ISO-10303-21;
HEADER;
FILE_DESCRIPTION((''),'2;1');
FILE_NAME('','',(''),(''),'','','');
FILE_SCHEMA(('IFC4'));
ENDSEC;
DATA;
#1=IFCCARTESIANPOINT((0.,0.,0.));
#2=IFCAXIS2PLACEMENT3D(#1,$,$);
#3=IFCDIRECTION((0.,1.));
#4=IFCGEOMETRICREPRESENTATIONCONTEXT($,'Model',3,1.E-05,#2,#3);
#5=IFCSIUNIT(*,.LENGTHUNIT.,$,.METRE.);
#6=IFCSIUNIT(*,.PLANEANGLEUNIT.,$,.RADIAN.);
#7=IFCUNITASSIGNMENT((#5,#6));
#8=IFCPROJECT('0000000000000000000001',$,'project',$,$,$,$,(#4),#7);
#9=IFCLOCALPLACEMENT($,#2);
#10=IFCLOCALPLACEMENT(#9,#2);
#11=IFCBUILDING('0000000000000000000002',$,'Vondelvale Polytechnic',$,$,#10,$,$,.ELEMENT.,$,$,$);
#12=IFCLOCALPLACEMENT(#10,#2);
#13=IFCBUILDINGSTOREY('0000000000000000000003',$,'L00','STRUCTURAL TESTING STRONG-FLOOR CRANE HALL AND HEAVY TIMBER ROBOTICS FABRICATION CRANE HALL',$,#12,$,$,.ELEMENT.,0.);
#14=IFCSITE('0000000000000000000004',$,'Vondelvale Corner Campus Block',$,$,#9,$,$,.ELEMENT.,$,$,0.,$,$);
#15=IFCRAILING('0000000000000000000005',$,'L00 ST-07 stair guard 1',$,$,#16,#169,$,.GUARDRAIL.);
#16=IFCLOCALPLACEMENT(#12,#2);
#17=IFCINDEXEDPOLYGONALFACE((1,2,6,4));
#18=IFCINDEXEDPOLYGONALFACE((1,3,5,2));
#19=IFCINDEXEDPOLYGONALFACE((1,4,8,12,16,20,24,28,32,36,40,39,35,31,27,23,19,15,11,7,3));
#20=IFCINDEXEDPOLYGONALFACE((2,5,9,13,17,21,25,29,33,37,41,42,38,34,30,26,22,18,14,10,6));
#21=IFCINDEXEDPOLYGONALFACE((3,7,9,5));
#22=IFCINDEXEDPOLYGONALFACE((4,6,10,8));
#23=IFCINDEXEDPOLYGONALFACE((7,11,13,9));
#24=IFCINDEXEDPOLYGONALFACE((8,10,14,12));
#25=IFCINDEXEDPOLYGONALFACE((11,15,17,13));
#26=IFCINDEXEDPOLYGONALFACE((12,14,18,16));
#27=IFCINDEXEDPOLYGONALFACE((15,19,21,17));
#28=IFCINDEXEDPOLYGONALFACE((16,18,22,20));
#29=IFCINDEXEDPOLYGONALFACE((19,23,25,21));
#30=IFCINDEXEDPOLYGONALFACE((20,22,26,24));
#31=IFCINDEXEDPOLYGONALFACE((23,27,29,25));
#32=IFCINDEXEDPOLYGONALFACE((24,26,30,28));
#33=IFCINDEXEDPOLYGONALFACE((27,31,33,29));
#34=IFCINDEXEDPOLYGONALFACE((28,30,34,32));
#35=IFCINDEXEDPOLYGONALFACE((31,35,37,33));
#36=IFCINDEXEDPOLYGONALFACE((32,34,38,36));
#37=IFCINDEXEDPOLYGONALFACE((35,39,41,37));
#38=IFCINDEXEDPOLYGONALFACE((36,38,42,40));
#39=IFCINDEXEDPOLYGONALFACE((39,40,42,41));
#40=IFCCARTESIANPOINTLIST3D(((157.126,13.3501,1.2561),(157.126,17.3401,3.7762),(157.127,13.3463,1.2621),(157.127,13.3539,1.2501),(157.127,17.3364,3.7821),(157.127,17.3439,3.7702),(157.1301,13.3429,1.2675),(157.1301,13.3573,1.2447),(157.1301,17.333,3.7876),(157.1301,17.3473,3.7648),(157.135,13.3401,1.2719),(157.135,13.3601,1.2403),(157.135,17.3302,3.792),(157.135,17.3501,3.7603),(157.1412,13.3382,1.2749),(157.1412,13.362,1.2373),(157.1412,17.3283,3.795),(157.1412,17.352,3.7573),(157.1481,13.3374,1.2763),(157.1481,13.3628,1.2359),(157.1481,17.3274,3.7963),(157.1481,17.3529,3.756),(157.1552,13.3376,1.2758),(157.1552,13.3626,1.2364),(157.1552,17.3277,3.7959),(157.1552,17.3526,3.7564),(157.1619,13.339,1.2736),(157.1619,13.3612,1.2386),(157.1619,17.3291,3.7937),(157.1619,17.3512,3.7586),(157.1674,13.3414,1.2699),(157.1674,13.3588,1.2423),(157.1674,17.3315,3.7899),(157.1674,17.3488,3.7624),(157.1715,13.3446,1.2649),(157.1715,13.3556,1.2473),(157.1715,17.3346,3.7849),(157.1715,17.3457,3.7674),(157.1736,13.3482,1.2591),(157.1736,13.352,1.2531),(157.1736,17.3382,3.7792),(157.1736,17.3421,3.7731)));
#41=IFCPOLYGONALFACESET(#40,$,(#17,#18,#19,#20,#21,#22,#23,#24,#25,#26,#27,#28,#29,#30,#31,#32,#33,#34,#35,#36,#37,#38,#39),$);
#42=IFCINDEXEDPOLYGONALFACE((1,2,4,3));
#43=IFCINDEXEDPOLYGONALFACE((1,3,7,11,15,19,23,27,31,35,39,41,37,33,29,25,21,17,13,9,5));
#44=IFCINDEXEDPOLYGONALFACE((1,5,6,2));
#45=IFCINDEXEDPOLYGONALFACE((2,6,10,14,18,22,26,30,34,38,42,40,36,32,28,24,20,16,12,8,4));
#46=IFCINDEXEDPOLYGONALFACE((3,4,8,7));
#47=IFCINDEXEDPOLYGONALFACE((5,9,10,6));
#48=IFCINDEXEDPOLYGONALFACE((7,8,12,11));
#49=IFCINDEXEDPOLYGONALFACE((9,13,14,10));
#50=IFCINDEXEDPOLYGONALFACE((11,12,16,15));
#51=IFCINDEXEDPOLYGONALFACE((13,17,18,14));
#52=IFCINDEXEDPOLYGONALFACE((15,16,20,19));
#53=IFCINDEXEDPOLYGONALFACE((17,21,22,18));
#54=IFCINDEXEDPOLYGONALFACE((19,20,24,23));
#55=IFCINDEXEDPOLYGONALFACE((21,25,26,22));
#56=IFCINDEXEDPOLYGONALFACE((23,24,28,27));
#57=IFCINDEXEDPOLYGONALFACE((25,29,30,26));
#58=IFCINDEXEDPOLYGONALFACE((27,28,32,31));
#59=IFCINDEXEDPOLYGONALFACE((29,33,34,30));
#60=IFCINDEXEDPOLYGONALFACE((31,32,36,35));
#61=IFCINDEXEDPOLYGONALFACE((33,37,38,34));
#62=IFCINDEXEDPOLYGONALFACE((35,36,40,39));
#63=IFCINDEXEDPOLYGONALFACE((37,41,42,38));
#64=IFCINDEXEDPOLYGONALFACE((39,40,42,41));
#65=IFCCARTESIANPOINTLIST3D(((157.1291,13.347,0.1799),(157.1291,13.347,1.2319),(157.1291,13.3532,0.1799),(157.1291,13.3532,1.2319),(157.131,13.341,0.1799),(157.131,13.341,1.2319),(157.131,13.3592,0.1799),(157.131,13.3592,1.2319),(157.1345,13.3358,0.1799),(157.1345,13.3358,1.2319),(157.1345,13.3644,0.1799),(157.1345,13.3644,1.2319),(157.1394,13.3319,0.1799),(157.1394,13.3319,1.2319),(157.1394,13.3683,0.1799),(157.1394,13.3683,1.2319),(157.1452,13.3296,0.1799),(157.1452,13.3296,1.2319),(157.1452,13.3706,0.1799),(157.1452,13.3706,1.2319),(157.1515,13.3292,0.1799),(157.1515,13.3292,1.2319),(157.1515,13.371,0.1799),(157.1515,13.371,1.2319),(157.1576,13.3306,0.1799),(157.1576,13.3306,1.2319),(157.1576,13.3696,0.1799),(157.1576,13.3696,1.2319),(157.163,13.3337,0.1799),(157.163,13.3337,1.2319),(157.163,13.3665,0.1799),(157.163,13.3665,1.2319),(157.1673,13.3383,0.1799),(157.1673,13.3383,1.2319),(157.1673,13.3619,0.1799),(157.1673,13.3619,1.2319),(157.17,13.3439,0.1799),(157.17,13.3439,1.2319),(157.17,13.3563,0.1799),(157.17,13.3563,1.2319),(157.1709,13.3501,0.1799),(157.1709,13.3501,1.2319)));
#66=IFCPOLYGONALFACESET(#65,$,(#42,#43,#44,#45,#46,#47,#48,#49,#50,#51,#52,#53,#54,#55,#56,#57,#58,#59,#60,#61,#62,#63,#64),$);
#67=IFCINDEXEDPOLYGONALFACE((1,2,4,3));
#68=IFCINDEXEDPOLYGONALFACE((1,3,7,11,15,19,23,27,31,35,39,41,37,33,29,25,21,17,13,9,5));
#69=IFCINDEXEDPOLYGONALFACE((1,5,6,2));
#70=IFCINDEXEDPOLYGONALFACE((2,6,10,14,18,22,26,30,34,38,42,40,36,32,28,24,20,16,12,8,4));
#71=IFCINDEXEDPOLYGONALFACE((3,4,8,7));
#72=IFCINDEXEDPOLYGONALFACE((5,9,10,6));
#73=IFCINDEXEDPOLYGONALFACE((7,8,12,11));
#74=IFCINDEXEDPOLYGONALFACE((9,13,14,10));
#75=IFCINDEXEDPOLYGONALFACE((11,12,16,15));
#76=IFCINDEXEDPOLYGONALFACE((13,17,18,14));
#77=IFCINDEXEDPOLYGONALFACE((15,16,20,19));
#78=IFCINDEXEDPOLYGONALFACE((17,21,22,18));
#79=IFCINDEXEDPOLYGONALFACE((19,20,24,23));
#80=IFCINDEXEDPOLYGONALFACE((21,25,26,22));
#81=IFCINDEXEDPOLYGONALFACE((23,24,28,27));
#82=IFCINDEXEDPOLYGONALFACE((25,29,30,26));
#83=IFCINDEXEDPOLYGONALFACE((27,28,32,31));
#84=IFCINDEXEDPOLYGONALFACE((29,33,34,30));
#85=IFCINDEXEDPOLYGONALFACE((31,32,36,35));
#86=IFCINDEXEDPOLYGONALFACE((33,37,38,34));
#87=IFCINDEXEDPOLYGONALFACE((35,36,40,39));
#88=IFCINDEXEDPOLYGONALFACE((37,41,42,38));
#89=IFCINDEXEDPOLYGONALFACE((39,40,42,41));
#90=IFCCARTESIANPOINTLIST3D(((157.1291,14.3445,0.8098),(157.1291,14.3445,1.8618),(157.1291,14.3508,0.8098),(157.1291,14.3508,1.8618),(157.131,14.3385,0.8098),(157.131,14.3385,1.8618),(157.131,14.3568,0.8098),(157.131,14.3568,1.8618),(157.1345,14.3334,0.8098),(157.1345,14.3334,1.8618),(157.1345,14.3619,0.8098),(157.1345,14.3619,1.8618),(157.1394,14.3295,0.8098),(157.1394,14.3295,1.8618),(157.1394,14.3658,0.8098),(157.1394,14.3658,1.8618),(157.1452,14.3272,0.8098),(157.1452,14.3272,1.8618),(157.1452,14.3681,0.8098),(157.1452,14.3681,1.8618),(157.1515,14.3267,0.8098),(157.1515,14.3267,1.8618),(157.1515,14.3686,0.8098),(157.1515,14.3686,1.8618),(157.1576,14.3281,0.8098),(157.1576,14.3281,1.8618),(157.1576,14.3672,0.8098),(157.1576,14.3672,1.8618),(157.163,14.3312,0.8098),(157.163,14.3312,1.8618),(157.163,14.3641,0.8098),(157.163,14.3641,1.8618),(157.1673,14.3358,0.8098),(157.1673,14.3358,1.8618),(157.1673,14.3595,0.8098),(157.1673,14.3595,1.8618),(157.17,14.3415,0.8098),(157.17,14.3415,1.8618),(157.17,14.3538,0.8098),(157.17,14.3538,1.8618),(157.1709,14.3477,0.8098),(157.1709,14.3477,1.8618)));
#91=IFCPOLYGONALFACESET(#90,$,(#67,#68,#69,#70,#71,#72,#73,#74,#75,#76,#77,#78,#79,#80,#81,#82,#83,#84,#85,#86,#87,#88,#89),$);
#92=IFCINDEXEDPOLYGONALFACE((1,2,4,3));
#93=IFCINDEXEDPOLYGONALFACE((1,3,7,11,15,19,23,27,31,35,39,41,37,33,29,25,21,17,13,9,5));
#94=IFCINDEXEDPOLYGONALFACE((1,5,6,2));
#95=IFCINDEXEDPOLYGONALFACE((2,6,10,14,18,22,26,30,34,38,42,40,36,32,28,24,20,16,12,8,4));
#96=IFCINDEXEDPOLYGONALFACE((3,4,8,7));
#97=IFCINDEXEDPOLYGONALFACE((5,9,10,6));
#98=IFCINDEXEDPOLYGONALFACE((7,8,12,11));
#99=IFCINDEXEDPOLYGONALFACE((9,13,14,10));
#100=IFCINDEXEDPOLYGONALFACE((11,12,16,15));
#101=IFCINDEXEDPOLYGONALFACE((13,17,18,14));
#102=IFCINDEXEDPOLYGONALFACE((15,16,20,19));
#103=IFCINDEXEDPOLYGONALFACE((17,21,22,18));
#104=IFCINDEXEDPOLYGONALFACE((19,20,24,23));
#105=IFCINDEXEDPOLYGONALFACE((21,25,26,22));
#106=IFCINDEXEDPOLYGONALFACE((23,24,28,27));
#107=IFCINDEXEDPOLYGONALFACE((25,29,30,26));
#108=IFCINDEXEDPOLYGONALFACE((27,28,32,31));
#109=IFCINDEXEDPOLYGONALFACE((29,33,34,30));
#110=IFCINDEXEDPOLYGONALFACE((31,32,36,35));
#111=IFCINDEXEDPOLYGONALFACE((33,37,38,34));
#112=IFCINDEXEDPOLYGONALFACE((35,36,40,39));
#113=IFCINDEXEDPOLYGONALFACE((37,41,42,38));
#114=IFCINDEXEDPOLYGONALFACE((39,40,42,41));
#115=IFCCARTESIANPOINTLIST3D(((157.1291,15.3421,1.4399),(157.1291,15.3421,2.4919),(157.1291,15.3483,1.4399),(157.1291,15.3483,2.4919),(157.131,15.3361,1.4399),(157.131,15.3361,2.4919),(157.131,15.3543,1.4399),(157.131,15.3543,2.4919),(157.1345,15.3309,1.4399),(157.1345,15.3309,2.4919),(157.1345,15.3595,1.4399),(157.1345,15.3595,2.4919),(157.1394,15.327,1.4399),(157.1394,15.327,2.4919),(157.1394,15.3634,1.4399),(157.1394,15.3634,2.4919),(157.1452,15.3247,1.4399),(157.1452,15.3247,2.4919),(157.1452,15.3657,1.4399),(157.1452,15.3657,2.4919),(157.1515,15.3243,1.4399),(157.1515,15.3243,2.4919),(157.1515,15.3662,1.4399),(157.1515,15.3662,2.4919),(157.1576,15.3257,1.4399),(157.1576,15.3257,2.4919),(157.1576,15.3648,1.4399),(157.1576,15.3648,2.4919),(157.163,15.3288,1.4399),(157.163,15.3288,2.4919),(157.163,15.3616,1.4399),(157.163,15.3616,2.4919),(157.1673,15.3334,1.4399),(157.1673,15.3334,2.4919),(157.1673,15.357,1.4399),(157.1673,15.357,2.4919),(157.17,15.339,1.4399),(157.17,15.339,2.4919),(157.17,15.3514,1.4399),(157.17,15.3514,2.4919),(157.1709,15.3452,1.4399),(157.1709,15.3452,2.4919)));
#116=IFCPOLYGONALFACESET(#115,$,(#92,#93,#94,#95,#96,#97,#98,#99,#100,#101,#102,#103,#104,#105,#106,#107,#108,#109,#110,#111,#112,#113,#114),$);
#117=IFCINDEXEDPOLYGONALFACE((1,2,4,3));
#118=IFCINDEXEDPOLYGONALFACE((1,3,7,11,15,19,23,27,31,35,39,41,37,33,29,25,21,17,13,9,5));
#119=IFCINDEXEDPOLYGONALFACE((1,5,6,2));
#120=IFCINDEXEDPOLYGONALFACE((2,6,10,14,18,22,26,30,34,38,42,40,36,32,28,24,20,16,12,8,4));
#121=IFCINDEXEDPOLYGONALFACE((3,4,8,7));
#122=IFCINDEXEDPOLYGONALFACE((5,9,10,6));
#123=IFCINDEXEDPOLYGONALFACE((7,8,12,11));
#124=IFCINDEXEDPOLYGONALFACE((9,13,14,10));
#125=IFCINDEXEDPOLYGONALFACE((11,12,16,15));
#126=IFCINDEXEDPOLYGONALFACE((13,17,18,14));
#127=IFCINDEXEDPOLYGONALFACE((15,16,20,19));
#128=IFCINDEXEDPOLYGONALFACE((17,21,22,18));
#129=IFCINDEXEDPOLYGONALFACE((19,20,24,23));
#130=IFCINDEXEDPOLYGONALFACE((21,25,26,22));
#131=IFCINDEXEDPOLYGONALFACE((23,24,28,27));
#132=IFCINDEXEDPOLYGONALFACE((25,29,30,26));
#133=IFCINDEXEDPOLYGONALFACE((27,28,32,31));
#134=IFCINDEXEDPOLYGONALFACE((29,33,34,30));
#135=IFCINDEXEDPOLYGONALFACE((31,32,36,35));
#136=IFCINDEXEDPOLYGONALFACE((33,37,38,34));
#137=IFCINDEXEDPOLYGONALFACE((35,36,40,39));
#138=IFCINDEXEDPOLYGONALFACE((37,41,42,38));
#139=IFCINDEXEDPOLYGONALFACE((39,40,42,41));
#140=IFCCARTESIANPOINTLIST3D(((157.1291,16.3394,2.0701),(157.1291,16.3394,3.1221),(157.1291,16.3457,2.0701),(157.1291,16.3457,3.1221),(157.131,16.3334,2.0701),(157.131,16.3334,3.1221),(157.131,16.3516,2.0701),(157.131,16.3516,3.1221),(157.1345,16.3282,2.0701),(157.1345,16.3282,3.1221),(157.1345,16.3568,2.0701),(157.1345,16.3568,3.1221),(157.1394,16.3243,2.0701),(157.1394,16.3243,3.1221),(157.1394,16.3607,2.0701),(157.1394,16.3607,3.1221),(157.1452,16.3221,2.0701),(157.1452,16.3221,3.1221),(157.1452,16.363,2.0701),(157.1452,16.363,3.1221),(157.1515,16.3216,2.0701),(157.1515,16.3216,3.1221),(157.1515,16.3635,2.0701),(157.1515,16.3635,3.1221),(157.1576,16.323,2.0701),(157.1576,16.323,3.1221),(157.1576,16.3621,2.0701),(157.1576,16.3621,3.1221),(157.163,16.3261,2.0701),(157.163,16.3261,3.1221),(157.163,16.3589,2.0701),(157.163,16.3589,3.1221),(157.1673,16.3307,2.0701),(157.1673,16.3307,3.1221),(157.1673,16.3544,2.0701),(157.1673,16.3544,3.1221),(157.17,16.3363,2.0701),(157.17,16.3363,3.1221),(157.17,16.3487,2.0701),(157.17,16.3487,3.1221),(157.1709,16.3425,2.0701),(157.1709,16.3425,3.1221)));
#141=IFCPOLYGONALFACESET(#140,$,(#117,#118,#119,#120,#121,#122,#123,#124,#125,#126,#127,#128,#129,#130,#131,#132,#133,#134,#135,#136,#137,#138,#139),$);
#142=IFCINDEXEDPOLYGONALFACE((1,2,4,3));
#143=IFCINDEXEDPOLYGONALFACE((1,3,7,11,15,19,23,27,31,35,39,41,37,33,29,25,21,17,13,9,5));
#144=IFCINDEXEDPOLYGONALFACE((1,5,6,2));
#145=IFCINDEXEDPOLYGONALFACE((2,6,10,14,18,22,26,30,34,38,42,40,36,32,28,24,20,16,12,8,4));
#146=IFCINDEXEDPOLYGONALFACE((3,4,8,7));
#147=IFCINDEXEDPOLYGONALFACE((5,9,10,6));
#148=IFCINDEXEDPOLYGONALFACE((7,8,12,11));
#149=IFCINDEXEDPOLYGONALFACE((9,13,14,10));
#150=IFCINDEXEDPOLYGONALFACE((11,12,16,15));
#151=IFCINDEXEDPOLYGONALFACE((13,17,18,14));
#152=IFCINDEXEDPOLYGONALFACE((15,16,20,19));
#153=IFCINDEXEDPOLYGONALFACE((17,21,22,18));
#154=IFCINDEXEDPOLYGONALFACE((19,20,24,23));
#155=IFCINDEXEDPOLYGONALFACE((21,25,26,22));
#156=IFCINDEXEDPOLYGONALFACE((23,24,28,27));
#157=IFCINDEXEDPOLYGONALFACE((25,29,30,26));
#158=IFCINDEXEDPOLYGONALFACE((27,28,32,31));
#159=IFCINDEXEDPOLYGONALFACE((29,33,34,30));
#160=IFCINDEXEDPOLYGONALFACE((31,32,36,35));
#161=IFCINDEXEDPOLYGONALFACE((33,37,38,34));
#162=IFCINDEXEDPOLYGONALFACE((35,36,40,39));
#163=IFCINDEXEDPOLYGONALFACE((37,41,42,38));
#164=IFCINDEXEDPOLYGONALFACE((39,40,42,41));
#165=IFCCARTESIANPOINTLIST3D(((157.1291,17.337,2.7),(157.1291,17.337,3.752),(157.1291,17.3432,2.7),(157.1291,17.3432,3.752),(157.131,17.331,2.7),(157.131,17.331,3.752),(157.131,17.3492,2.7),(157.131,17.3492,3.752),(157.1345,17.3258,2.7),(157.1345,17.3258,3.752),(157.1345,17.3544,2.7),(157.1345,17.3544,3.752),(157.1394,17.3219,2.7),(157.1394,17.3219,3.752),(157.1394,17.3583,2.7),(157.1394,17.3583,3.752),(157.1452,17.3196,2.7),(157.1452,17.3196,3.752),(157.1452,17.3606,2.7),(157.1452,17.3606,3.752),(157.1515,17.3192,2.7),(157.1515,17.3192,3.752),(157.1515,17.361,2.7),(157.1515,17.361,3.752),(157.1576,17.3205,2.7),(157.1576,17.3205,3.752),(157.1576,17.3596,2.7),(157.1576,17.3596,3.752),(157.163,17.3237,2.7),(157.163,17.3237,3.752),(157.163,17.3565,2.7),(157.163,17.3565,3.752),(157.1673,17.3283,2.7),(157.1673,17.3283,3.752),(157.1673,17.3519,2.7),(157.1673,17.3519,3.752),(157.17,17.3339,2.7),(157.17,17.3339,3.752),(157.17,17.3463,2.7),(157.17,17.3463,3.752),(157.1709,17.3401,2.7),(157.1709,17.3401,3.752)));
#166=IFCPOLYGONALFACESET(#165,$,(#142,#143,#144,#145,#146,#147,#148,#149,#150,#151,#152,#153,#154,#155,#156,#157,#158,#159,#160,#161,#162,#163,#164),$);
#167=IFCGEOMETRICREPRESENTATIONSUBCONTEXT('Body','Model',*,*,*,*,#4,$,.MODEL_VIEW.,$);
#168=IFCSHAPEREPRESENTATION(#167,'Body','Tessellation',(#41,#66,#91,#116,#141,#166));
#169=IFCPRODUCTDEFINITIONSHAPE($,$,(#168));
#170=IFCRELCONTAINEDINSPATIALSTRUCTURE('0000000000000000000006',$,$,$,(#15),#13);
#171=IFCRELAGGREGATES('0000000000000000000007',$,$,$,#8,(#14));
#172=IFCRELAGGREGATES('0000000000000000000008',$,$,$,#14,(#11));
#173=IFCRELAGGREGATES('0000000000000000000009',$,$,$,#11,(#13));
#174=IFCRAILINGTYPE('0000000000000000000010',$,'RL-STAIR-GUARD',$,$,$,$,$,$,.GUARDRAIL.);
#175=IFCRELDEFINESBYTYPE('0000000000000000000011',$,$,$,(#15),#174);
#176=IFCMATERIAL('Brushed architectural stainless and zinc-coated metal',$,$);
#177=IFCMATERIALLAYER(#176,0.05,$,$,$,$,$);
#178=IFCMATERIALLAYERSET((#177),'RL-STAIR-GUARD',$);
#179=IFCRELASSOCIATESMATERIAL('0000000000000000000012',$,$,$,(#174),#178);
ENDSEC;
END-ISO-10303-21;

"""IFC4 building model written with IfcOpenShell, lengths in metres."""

from ifc_helpers import new_model, si_unit, direction, frame, origin, origin_2d, place, context, subcontext, project, spatial, circle, extrude, material, layer, layer_set, type_object, element, save


model = new_model("IFC4")

# Units and contexts
model_context = context("Model", 3, precision=1e-05, world=origin(), true_north=direction((0.0, 1.0)))
body_context = subcontext(model_context, "Body", "Model", "MODEL_VIEW")
ifc_project = project(units=[si_unit("LENGTHUNIT", "METRE"), si_unit("PLANEANGLEUNIT", "RADIAN")], contexts=[model_context])

# Site, building, storey
site_placement = place(None, origin())
site = spatial("IfcSite", under=ifc_project, at=site_placement, Name="Vondelvale Corner Campus Block", CompositionType="ELEMENT", RefElevation=0.0)
building_placement = place(site_placement, origin())
building = spatial("IfcBuilding", under=site, at=building_placement, Name="Vondelvale Polytechnic", CompositionType="ELEMENT")
storey_placement = place(building_placement, origin())
storey = spatial("IfcBuildingStorey", under=building, at=storey_placement, Name="L00", Description="STRUCTURAL TESTING STRONG-FLOOR CRANE HALL AND HEAVY TIMBER ROBOTICS FABRICATION CRANE HALL", CompositionType="ELEMENT", Elevation=0.0)

# Railing
ifc_material_1 = material(Name="Brushed architectural stainless and zinc-coated metal")
ifc_layer_1 = layer(ifc_material_1, 0.05)
ifc_layer_set_1 = layer_set([ifc_layer_1], Name="RL-STAIR-GUARD")
railing_type_1 = type_object("IfcRailingType", Name="RL-STAIR-GUARD", PredefinedType="GUARDRAIL", material=ifc_layer_set_1)
railing_1_placement = place(storey_placement, frame((157.1499, 13.3501, 0.1799)))
element("IfcRailing", 1, at=railing_1_placement, inside=storey, type_object=railing_type_1, Name="L00 ST-07 stair guard 1", PredefinedType="GUARDRAIL", context=body_context, shape_type="SweptSolid", body=[
    extrude(circle(Radius=0.0239, at=origin_2d()), frame((0.0, 0.0, 1.0762), z_axis=(0.0, 0.845486, 0.533997), x_axis=(-1.0, 0.0, 0.0)), (0.0, 0.0, 1.0), 4.7192),
    extrude(circle(Radius=0.021, at=origin_2d()), origin(), (0.0, 0.0, 1.0), 1.052),
    extrude(circle(Radius=0.021, at=origin_2d()), frame((0.0, 0.9976, 0.6299)), (0.0, 0.0, 1.0), 1.052),
    extrude(circle(Radius=0.021, at=origin_2d()), frame((0.0, 1.9951, 1.26)), (0.0, 0.0, 1.0), 1.052),
    extrude(circle(Radius=0.021, at=origin_2d()), frame((0.0, 2.9924, 1.8901)), (0.0, 0.0, 1.0), 1.052),
    extrude(circle(Radius=0.021, at=origin_2d()), frame((0.0, 3.99, 2.52)), (0.0, 0.0, 1.0), 1.052),
])

save(model, "model.ifc")
